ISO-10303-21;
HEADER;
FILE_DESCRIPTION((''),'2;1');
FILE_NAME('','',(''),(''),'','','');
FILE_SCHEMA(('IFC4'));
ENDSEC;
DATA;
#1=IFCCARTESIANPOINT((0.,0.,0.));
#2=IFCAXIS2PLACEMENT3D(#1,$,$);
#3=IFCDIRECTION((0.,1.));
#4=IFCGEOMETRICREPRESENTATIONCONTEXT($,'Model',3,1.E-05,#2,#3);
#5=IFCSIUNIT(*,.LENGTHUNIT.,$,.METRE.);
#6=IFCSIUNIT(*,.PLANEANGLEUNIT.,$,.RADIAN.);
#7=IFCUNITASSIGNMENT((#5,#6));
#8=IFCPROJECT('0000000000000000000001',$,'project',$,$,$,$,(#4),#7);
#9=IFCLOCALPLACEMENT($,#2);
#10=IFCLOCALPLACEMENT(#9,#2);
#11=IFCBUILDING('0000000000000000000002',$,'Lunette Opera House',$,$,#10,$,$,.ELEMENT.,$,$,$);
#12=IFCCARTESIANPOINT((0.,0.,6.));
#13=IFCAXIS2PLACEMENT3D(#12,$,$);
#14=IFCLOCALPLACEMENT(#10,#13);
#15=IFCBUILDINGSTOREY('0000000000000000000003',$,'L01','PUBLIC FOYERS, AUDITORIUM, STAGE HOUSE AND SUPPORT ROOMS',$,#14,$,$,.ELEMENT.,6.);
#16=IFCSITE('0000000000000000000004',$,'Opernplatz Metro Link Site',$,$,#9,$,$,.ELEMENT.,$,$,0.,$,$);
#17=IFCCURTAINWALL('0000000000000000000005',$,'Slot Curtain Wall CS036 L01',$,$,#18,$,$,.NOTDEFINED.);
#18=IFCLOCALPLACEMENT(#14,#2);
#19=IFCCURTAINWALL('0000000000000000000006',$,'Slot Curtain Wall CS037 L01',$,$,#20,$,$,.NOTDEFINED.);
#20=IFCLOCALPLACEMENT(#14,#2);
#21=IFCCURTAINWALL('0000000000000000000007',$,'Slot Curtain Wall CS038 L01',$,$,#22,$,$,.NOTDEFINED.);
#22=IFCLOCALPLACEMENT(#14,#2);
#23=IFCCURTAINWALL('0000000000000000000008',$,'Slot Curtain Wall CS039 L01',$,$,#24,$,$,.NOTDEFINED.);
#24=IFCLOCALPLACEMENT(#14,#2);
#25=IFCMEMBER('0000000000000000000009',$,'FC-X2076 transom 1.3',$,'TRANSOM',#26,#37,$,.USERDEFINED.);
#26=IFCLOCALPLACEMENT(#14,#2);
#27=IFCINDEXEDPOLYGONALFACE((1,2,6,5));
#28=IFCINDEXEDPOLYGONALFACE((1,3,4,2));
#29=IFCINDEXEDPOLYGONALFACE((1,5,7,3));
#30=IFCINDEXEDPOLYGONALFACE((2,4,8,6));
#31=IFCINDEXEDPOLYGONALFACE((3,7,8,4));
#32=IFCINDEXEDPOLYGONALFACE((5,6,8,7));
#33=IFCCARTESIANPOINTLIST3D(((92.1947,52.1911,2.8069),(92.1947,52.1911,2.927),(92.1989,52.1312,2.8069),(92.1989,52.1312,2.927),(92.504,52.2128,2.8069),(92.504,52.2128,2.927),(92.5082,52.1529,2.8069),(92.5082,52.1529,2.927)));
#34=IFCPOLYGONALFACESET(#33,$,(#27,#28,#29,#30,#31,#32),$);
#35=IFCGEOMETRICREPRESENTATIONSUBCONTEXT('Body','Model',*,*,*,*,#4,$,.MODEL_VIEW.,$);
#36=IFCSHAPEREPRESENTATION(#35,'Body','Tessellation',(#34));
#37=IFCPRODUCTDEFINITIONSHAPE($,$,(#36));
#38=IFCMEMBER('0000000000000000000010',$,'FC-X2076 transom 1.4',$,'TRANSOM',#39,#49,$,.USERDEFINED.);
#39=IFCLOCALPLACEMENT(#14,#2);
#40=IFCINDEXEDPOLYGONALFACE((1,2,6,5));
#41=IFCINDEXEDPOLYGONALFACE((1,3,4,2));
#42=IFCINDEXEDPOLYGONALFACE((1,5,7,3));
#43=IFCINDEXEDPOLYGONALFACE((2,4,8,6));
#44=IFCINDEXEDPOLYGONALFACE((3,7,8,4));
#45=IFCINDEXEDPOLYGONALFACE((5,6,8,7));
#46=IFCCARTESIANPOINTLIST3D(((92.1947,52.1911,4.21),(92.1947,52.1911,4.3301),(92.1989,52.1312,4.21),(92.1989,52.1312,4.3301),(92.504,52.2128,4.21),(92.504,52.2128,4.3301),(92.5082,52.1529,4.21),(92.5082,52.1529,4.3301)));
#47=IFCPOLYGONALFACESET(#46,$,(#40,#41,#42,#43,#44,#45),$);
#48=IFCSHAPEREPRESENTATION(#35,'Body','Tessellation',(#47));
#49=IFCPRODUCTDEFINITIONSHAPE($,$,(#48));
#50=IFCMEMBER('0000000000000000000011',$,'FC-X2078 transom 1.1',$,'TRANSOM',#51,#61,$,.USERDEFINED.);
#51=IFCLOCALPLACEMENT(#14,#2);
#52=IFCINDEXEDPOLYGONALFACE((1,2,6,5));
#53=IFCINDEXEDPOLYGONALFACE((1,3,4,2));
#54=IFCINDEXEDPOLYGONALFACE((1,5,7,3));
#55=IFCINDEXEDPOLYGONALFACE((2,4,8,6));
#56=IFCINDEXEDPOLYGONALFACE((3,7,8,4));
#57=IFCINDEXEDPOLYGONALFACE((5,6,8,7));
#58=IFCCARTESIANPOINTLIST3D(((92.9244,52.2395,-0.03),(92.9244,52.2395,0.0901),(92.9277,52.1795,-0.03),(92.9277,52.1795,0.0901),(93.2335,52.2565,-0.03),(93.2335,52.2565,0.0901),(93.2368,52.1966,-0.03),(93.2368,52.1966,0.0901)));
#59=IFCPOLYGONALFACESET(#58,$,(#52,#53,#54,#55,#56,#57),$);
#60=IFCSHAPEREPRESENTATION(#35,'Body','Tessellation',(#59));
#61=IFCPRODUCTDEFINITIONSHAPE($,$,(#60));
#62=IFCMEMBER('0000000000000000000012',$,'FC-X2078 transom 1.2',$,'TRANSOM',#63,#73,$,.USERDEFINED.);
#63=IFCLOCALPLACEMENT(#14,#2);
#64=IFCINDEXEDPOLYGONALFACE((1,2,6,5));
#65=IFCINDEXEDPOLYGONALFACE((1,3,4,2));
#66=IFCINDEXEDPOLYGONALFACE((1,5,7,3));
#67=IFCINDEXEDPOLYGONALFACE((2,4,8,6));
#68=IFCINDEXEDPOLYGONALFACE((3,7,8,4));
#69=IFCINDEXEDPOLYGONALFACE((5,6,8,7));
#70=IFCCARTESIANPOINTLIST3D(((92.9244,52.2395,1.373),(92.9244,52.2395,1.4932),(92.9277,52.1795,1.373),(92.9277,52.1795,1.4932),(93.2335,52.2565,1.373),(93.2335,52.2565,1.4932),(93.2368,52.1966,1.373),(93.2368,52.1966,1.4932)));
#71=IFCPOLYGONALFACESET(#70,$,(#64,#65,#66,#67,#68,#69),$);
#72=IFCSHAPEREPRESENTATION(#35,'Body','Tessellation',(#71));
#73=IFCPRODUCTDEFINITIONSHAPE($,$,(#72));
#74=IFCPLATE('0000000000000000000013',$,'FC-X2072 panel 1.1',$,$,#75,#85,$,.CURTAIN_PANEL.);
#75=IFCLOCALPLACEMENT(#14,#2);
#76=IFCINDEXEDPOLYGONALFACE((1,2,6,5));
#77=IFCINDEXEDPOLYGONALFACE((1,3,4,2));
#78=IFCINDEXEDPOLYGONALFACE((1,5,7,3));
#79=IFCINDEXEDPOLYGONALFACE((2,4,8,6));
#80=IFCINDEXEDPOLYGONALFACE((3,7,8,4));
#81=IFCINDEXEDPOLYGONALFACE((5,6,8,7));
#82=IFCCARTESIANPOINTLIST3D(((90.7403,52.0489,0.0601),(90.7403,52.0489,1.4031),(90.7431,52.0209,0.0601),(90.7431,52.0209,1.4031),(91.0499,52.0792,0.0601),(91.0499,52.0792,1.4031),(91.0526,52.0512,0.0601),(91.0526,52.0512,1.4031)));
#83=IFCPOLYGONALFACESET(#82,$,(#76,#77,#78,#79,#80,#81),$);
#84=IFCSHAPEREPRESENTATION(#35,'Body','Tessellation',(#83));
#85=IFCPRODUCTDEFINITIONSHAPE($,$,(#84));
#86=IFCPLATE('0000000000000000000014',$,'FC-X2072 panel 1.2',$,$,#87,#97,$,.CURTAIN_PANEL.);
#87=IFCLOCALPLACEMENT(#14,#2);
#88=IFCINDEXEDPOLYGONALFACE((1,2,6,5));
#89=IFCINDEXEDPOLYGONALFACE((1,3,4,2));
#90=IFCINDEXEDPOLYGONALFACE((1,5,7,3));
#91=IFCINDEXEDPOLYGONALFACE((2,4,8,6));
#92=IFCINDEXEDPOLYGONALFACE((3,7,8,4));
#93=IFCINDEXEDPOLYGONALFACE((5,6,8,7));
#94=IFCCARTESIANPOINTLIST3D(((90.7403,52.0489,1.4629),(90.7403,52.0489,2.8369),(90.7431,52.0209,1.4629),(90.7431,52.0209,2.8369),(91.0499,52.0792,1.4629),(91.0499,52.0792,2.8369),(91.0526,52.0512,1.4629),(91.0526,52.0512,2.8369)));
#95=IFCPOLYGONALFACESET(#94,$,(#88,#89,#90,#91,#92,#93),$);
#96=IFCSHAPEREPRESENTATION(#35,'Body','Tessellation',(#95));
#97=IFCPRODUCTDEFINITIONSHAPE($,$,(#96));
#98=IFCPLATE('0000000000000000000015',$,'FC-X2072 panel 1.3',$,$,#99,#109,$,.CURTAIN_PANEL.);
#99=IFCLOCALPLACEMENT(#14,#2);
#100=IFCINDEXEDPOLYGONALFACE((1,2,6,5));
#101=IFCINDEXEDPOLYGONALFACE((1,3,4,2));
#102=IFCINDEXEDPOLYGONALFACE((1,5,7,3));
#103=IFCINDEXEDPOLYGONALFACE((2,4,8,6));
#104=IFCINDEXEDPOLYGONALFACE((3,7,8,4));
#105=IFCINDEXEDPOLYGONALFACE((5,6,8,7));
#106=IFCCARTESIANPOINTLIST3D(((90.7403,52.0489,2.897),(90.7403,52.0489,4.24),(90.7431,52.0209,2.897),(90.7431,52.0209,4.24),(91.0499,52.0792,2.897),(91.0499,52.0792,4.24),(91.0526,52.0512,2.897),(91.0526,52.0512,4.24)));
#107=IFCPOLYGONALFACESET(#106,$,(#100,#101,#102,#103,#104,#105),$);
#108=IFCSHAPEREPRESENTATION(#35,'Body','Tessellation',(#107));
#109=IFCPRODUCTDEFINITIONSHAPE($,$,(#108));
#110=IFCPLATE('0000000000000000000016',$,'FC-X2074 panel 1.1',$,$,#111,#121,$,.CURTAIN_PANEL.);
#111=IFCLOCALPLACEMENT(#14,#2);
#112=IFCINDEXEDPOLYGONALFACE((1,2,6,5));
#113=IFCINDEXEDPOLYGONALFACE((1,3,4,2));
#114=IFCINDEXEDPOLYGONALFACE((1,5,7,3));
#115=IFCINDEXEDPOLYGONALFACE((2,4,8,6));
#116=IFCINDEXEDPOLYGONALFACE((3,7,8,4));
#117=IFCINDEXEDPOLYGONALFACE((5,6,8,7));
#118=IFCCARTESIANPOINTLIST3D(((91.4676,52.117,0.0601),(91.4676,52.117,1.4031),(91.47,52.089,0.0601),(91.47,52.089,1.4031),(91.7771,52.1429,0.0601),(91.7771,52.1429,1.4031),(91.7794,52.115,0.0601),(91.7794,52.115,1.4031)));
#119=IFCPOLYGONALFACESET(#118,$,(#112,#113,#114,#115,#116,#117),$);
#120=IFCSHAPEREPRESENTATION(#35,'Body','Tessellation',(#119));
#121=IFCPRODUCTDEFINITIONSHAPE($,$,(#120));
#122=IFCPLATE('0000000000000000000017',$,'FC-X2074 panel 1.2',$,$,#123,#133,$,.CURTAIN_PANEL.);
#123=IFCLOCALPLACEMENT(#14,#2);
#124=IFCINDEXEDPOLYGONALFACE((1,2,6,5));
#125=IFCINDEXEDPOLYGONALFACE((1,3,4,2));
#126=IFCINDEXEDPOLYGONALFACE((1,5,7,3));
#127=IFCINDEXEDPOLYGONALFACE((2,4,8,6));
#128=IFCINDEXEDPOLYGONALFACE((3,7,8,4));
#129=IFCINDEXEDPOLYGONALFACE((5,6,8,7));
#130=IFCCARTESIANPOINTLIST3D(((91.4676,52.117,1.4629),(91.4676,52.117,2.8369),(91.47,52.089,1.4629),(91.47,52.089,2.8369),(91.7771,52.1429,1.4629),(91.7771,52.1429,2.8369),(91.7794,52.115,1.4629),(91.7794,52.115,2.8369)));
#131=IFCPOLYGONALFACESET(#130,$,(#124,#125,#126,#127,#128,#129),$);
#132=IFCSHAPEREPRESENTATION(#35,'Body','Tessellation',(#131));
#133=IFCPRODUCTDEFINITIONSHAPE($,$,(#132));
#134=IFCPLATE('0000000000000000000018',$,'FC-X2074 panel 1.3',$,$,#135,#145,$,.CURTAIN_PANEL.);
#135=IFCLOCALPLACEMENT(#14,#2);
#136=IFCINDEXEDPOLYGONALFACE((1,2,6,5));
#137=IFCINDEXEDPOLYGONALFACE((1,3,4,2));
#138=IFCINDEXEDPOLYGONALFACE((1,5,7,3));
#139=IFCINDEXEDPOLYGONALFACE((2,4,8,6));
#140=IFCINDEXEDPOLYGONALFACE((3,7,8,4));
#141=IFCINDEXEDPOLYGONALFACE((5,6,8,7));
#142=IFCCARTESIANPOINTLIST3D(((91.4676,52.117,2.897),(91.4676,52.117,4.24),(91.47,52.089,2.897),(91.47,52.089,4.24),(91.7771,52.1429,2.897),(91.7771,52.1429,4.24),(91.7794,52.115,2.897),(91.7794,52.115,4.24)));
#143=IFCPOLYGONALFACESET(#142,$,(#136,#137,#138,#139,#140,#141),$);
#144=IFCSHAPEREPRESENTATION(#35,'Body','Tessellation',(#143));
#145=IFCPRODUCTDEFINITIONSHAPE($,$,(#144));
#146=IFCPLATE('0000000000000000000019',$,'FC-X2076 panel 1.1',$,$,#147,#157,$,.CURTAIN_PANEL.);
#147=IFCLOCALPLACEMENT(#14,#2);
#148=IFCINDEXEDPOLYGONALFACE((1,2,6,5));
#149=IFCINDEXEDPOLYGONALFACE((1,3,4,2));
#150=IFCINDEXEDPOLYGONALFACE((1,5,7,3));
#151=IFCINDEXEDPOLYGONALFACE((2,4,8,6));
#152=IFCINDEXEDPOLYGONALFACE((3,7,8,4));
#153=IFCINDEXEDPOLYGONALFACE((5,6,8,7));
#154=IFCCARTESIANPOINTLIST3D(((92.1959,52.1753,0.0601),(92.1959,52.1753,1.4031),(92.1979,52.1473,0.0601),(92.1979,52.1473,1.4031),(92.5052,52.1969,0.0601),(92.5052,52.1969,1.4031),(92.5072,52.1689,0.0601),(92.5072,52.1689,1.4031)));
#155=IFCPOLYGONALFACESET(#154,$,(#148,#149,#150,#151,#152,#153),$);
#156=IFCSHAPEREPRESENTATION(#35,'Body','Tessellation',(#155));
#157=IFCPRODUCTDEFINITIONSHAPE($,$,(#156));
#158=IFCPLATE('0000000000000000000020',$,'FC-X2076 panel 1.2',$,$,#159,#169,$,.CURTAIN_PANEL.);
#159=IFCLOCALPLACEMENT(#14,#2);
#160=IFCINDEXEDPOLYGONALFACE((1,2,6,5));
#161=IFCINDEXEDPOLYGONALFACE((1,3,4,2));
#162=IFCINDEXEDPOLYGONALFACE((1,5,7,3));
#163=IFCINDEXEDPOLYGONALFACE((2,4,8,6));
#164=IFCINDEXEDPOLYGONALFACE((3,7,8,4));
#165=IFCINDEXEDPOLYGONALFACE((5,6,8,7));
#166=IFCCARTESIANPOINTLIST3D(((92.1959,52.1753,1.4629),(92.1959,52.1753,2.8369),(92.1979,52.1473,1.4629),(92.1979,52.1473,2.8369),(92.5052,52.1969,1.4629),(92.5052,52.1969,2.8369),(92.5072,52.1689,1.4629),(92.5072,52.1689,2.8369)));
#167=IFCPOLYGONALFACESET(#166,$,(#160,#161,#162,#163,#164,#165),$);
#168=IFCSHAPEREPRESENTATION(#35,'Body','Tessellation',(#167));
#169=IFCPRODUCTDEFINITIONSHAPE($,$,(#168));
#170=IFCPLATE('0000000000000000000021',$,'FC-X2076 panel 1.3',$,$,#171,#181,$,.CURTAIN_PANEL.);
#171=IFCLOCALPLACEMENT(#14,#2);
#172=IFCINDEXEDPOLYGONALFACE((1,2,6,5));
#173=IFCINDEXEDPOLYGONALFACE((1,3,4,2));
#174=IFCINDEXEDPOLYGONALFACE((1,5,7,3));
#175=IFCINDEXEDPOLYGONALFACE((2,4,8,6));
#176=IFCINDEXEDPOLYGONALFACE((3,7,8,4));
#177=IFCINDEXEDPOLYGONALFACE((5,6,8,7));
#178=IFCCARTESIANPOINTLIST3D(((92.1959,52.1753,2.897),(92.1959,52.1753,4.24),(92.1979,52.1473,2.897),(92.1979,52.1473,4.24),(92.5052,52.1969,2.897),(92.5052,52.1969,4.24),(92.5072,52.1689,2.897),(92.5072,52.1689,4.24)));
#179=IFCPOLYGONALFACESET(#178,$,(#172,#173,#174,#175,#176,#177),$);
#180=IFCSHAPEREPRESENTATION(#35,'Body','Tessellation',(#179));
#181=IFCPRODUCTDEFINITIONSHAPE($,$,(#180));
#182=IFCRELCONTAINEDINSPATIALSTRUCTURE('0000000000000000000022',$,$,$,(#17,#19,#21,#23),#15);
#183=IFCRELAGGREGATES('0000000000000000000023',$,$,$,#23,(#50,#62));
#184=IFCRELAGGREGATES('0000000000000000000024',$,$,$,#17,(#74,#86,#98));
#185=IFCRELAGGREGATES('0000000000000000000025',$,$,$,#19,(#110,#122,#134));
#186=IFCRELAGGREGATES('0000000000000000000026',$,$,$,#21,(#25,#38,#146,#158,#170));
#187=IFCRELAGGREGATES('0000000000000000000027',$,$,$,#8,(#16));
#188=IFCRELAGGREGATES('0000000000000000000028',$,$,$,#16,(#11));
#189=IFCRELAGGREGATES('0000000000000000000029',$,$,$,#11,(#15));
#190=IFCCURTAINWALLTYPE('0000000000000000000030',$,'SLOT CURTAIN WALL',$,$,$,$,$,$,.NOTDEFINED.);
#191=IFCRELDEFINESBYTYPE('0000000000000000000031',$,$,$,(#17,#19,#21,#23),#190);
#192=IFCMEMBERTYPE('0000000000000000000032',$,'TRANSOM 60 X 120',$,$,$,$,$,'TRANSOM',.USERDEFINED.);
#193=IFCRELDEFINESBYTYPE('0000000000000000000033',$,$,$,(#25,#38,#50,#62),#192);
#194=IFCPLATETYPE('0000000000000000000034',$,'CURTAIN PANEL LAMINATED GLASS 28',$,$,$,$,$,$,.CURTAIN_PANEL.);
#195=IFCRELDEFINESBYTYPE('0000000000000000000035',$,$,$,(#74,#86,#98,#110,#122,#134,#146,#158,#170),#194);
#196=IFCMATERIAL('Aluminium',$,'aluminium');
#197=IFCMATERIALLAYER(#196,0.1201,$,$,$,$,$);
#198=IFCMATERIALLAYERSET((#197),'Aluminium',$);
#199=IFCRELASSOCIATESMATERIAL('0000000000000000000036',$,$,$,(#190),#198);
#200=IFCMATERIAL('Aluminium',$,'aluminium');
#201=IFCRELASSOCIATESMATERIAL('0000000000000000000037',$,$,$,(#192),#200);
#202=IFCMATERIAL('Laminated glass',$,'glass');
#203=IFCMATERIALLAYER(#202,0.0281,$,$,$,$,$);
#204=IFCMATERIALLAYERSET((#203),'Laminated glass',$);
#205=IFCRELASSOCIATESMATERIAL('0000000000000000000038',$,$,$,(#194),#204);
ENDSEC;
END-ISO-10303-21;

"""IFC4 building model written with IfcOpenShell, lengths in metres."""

from ifc_helpers import new_model, si_unit, direction, frame, origin, origin_2d, place, context, subcontext, project, spatial, rectangle, extrude, material, layer, layer_set, material_profile, profile_set, type_object, element, aggregate, save


model = new_model("IFC4")

# Units and contexts
model_context = context("Model", 3, precision=1e-05, world=origin(), true_north=direction((0.0, 1.0)))
body_context = subcontext(model_context, "Body", "Model", "MODEL_VIEW")
ifc_project = project(units=[si_unit("LENGTHUNIT", "METRE"), si_unit("PLANEANGLEUNIT", "RADIAN")], contexts=[model_context])

# Site, building, storey
site_placement = place(None, origin())
site = spatial("IfcSite", under=ifc_project, at=site_placement, Name="Opernplatz Metro Link Site", CompositionType="ELEMENT", RefElevation=0.0)
building_placement = place(site_placement, origin())
building = spatial("IfcBuilding", under=site, at=building_placement, Name="Lunette Opera House", CompositionType="ELEMENT")
storey_placement = place(building_placement, frame((0.0, 0.0, 6.0)))
storey = spatial("IfcBuildingStorey", under=building, at=storey_placement, Name="L01", Description="PUBLIC FOYERS, AUDITORIUM, STAGE HOUSE AND SUPPORT ROOMS", CompositionType="ELEMENT", Elevation=6.0)

# Curtain wall
ifc_material_1 = material(Name="Aluminium", Category="aluminium")
ifc_layer_1 = layer(ifc_material_1, 0.1201)
ifc_layer_set_1 = layer_set([ifc_layer_1], Name="Aluminium")
curtain_wall_type = type_object("IfcCurtainWallType", Name="SLOT CURTAIN WALL", PredefinedType="NOTDEFINED", material=ifc_layer_set_1)
curtain_wall_1_placement = place(storey_placement, origin())
curtain_wall_1 = element("IfcCurtainWall", 1, at=curtain_wall_1_placement, inside=storey, type_object=curtain_wall_type, Name="Slot Curtain Wall CS036 L01", PredefinedType="NOTDEFINED")

# Curtain walls
curtain_wall_2_placement = place(storey_placement, origin())
curtain_wall_2 = element("IfcCurtainWall", 2, at=curtain_wall_2_placement, inside=storey, type_object=curtain_wall_type, Name="Slot Curtain Wall CS037 L01", PredefinedType="NOTDEFINED")
curtain_wall_3_placement = place(storey_placement, origin())
curtain_wall_3 = element("IfcCurtainWall", 3, at=curtain_wall_3_placement, inside=storey, type_object=curtain_wall_type, Name="Slot Curtain Wall CS038 L01", PredefinedType="NOTDEFINED")

# Curtain wall
curtain_wall_4_placement = place(storey_placement, origin())
curtain_wall_4 = element("IfcCurtainWall", 4, at=curtain_wall_4_placement, inside=storey, type_object=curtain_wall_type, Name="Slot Curtain Wall CS039 L01", PredefinedType="NOTDEFINED")

# Members
ifc_material_2 = material(Name="Aluminium", Category="aluminium")
ifc_material_profile_1 = material_profile(ifc_material_2, rectangle(XDim=0.0601, YDim=0.1201, at=origin_2d()), Name="TRANSOM 60 X 120")
ifc_profile_set_1 = profile_set([ifc_material_profile_1], Name="Aluminium")
member_type_1 = type_object("IfcMemberType", Name="TRANSOM 60 X 120", ElementType="TRANSOM", PredefinedType="USERDEFINED", material=ifc_profile_set_1)
member_1_placement = place(storey_placement, frame((92.1968, 52.1611, 2.8669), z_axis=(0.997542, 0.070072, 0.0), x_axis=(-0.070072, 0.997542, 0.0)))
member_1 = element("IfcMember", 5, at=member_1_placement, type_object=member_type_1, Name="FC-X2076 transom 1.3", ObjectType="TRANSOM", PredefinedType="USERDEFINED", context=body_context, shape_type="SweptSolid", body=[
    extrude(rectangle(XDim=0.0601, YDim=0.1201, at=origin_2d()), origin(), (0.0, 0.0, 1.0), 0.3101),
])
member_2_placement = place(storey_placement, frame((92.1968, 52.1611, 4.27), z_axis=(0.997542, 0.070072, 0.0), x_axis=(-0.070072, 0.997542, 0.0)))
member_2 = element("IfcMember", 6, at=member_2_placement, type_object=member_type_1, Name="FC-X2076 transom 1.4", ObjectType="TRANSOM", PredefinedType="USERDEFINED", context=body_context, shape_type="SweptSolid", body=[
    extrude(rectangle(XDim=0.0601, YDim=0.1201, at=origin_2d()), origin(), (0.0, 0.0, 1.0), 0.3101),
])
member_3_placement = place(storey_placement, frame((92.926, 52.2095, 0.03), z_axis=(0.998475, 0.055208, 0.0), x_axis=(-0.055208, 0.998475, 0.0)))
member_3 = element("IfcMember", 7, at=member_3_placement, type_object=member_type_1, Name="FC-X2078 transom 1.1", ObjectType="TRANSOM", PredefinedType="USERDEFINED", context=body_context, shape_type="SweptSolid", body=[
    extrude(rectangle(XDim=0.0601, YDim=0.1201, at=origin_2d()), origin(), (0.0, 0.0, 1.0), 0.3096),
])
member_4_placement = place(storey_placement, frame((92.926, 52.2095, 1.4331), z_axis=(0.998475, 0.055208, 0.0), x_axis=(-0.055208, 0.998475, 0.0)))
member_4 = element("IfcMember", 8, at=member_4_placement, type_object=member_type_1, Name="FC-X2078 transom 1.2", ObjectType="TRANSOM", PredefinedType="USERDEFINED", context=body_context, shape_type="SweptSolid", body=[
    extrude(rectangle(XDim=0.0601, YDim=0.1201, at=origin_2d()), origin(), (0.0, 0.0, 1.0), 0.3096),
])
aggregate(curtain_wall_4, [member_3, member_4])

# Plates
ifc_material_3 = material(Name="Laminated glass", Category="glass")
ifc_layer_2 = layer(ifc_material_3, 0.0281)
ifc_layer_set_2 = layer_set([ifc_layer_2], Name="Laminated glass")
plate_type = type_object("IfcPlateType", Name="CURTAIN PANEL LAMINATED GLASS 28", PredefinedType="CURTAIN_PANEL", material=ifc_layer_set_2)
plate_1_placement = place(storey_placement, frame((90.8965, 52.05, 0.0601), z_axis=(0.0, 0.0, 1.0), x_axis=(0.995242, 0.097436, 0.0)))
plate_1 = element("IfcPlate", 9, at=plate_1_placement, type_object=plate_type, Name="FC-X2072 panel 1.1", PredefinedType="CURTAIN_PANEL", context=body_context, shape_type="SweptSolid", body=[
    extrude(rectangle(XDim=0.311, YDim=0.0281, at=origin_2d()), origin(), (0.0, 0.0, 1.0), 1.343),
])
plate_2_placement = place(storey_placement, frame((90.8965, 52.05, 1.4629), z_axis=(0.0, 0.0, 1.0), x_axis=(0.995242, 0.097436, 0.0)))
plate_2 = element("IfcPlate", 10, at=plate_2_placement, type_object=plate_type, Name="FC-X2072 panel 1.2", PredefinedType="CURTAIN_PANEL", context=body_context, shape_type="SweptSolid", body=[
    extrude(rectangle(XDim=0.311, YDim=0.0281, at=origin_2d()), origin(), (0.0, 0.0, 1.0), 1.374),
])
plate_3_placement = place(storey_placement, frame((90.8965, 52.05, 2.897), z_axis=(0.0, 0.0, 1.0), x_axis=(0.995242, 0.097436, 0.0)))
plate_3 = element("IfcPlate", 11, at=plate_3_placement, type_object=plate_type, Name="FC-X2072 panel 1.3", PredefinedType="CURTAIN_PANEL", context=body_context, shape_type="SweptSolid", body=[
    extrude(rectangle(XDim=0.311, YDim=0.0281, at=origin_2d()), origin(), (0.0, 0.0, 1.0), 1.343),
])
aggregate(curtain_wall_1, [plate_1, plate_2, plate_3])
plate_4_placement = place(storey_placement, frame((91.6235, 52.116, 0.0601), z_axis=(0.0, 0.0, 1.0), x_axis=(0.996498, 0.083622, 0.0)))
plate_4 = element("IfcPlate", 12, at=plate_4_placement, type_object=plate_type, Name="FC-X2074 panel 1.1", PredefinedType="CURTAIN_PANEL", context=body_context, shape_type="SweptSolid", body=[
    extrude(rectangle(XDim=0.3105, YDim=0.0281, at=origin_2d()), origin(), (0.0, 0.0, 1.0), 1.343),
])
plate_5_placement = place(storey_placement, frame((91.6235, 52.116, 1.4629), z_axis=(0.0, 0.0, 1.0), x_axis=(0.996498, 0.083622, 0.0)))
plate_5 = element("IfcPlate", 13, at=plate_5_placement, type_object=plate_type, Name="FC-X2074 panel 1.2", PredefinedType="CURTAIN_PANEL", context=body_context, shape_type="SweptSolid", body=[
    extrude(rectangle(XDim=0.3105, YDim=0.0281, at=origin_2d()), origin(), (0.0, 0.0, 1.0), 1.374),
])
plate_6_placement = place(storey_placement, frame((91.6235, 52.116, 2.897), z_axis=(0.0, 0.0, 1.0), x_axis=(0.996498, 0.083622, 0.0)))
plate_6 = element("IfcPlate", 14, at=plate_6_placement, type_object=plate_type, Name="FC-X2074 panel 1.3", PredefinedType="CURTAIN_PANEL", context=body_context, shape_type="SweptSolid", body=[
    extrude(rectangle(XDim=0.3105, YDim=0.0281, at=origin_2d()), origin(), (0.0, 0.0, 1.0), 1.343),
])
aggregate(curtain_wall_2, [plate_4, plate_5, plate_6])
plate_7_placement = place(storey_placement, frame((92.3516, 52.1721, 0.0601), z_axis=(0.0, 0.0, 1.0), x_axis=(0.997564, 0.06976, 0.0)))
plate_7 = element("IfcPlate", 15, at=plate_7_placement, type_object=plate_type, Name="FC-X2076 panel 1.1", PredefinedType="CURTAIN_PANEL", context=body_context, shape_type="SweptSolid", body=[
    extrude(rectangle(XDim=0.3101, YDim=0.0281, at=origin_2d()), origin(), (0.0, 0.0, 1.0), 1.343),
])
plate_8_placement = place(storey_placement, frame((92.3516, 52.1721, 1.4629), z_axis=(0.0, 0.0, 1.0), x_axis=(0.997564, 0.06976, 0.0)))
plate_8 = element("IfcPlate", 16, at=plate_8_placement, type_object=plate_type, Name="FC-X2076 panel 1.2", PredefinedType="CURTAIN_PANEL", context=body_context, shape_type="SweptSolid", body=[
    extrude(rectangle(XDim=0.3101, YDim=0.0281, at=origin_2d()), origin(), (0.0, 0.0, 1.0), 1.374),
])
plate_9_placement = place(storey_placement, frame((92.3516, 52.1721, 2.897), z_axis=(0.0, 0.0, 1.0), x_axis=(0.997564, 0.06976, 0.0)))
plate_9 = element("IfcPlate", 17, at=plate_9_placement, type_object=plate_type, Name="FC-X2076 panel 1.3", PredefinedType="CURTAIN_PANEL", context=body_context, shape_type="SweptSolid", body=[
    extrude(rectangle(XDim=0.3101, YDim=0.0281, at=origin_2d()), origin(), (0.0, 0.0, 1.0), 1.343),
])
aggregate(curtain_wall_3, [member_1, member_2, plate_7, plate_8, plate_9])

save(model, "model.ifc")
